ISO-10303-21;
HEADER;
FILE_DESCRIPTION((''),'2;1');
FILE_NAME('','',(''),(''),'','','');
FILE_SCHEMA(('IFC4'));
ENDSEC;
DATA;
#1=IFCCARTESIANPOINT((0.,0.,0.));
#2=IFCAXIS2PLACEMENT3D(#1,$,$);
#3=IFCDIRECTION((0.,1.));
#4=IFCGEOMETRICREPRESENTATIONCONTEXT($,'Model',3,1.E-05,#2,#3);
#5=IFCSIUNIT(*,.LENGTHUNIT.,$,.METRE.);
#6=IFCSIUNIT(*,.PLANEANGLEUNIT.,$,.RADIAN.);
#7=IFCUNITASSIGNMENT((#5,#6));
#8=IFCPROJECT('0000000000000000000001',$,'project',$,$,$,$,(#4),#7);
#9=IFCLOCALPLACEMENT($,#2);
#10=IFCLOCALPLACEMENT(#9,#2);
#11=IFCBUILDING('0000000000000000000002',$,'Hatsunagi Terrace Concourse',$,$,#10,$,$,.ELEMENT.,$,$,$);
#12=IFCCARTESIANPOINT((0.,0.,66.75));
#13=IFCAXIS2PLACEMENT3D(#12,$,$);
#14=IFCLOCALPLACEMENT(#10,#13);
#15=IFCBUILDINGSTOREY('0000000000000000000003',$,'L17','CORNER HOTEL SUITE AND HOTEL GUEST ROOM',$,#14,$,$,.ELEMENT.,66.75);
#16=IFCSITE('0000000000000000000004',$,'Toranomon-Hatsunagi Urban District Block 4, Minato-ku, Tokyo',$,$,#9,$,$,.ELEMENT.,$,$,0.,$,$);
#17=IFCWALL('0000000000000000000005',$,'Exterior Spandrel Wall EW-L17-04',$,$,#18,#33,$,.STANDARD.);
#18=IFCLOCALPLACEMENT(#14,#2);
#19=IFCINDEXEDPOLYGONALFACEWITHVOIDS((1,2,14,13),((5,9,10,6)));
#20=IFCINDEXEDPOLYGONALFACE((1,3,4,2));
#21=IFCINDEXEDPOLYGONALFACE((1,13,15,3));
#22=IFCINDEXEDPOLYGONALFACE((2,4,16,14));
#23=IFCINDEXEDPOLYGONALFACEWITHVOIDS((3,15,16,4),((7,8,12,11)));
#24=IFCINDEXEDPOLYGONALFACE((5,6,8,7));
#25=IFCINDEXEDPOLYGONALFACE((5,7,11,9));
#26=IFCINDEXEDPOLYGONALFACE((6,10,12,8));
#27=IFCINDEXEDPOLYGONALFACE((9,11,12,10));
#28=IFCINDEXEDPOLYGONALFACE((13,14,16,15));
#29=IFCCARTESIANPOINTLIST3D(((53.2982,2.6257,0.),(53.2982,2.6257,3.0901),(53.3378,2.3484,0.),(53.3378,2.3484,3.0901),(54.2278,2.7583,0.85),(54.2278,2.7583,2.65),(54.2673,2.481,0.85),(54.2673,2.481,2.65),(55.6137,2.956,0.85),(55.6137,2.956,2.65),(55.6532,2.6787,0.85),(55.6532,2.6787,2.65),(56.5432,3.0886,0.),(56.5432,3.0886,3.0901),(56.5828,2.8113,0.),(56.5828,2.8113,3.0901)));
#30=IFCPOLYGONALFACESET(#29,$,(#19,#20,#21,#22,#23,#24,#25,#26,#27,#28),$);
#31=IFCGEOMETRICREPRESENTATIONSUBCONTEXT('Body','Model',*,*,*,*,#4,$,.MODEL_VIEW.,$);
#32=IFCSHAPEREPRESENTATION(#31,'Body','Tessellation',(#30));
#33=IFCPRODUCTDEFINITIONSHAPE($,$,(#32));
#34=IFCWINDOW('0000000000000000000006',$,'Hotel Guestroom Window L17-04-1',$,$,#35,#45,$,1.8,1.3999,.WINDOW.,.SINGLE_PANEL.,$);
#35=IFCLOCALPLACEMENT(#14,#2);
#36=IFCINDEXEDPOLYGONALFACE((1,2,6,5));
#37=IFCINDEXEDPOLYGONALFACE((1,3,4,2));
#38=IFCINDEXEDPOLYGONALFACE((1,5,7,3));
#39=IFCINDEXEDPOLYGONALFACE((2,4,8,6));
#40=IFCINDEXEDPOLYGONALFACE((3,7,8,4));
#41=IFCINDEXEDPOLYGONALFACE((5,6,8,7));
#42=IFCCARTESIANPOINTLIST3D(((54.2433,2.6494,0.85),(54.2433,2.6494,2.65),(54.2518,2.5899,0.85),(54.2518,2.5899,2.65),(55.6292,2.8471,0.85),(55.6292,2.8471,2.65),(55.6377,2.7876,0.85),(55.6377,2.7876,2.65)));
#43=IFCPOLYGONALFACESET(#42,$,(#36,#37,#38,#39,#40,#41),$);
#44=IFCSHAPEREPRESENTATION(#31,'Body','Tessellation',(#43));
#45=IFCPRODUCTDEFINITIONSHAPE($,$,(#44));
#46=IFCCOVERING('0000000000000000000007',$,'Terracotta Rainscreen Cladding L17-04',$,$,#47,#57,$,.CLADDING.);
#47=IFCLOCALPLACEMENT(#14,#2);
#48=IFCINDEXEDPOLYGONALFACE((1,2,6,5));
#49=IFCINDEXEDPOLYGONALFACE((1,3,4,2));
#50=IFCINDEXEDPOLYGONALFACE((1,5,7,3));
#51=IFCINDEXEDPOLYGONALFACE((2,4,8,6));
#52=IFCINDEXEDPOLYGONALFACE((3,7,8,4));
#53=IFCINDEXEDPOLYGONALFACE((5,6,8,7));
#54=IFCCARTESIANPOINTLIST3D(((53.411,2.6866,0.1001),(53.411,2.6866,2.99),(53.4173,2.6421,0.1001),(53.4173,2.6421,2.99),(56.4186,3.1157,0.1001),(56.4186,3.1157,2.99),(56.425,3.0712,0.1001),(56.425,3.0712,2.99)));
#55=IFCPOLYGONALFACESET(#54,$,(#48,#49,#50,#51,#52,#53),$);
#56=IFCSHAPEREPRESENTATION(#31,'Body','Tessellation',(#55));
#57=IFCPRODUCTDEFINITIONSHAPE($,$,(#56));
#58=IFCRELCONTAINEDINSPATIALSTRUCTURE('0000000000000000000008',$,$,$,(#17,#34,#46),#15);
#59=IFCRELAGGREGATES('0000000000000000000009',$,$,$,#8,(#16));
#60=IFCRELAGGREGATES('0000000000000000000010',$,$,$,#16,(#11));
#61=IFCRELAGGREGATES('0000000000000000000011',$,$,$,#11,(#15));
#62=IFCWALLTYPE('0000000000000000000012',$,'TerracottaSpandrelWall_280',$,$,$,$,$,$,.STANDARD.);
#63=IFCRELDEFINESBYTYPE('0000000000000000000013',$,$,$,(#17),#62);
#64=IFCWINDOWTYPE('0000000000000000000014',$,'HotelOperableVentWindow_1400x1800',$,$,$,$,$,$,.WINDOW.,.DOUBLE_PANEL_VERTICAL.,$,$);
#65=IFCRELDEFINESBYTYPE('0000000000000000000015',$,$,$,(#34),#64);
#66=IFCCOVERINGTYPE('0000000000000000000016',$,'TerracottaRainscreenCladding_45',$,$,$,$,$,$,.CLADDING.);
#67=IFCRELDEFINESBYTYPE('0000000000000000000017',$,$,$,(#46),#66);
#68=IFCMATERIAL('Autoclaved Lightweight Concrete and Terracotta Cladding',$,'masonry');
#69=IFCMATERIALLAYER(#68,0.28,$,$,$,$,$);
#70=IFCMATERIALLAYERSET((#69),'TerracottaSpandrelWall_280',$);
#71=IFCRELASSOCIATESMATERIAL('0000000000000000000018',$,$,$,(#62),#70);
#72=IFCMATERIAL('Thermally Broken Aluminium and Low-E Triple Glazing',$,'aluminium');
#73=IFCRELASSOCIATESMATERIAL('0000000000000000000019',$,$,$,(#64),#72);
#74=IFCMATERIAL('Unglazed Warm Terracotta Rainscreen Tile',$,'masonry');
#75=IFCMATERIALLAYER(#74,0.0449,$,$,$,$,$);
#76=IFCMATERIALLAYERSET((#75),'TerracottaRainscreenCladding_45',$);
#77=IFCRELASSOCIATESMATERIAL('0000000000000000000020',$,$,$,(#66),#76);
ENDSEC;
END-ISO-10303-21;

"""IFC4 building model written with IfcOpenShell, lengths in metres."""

from ifc_helpers import new_model, si_unit, direction, frame, frame_2d, origin, origin_2d, place, context, subcontext, project, spatial, rectangle, extrude, material, layer, layer_set, type_object, element, fill, save


model = new_model("IFC4")

# Units and contexts
model_context = context("Model", 3, precision=1e-05, world=origin(), true_north=direction((0.0, 1.0)))
body_context = subcontext(model_context, "Body", "Model", "MODEL_VIEW")
ifc_project = project(units=[si_unit("LENGTHUNIT", "METRE"), si_unit("PLANEANGLEUNIT", "RADIAN")], contexts=[model_context])

# Site, building, storey
site_placement = place(None, origin())
site = spatial("IfcSite", under=ifc_project, at=site_placement, Name="Toranomon-Hatsunagi Urban District Block 4, Minato-ku, Tokyo", CompositionType="ELEMENT", RefElevation=0.0)
building_placement = place(site_placement, origin())
building = spatial("IfcBuilding", under=site, at=building_placement, Name="Hatsunagi Terrace Concourse", CompositionType="ELEMENT")
storey_placement = place(building_placement, frame((0.0, 0.0, 66.75)))
storey = spatial("IfcBuildingStorey", under=building, at=storey_placement, Name="L17", Description="CORNER HOTEL SUITE AND HOTEL GUEST ROOM", CompositionType="ELEMENT", Elevation=66.75)

# Wall, opening, window
ifc_material_1 = material(Name="Autoclaved Lightweight Concrete and Terracotta Cladding", Category="masonry")
ifc_layer_1 = layer(ifc_material_1, 0.28)
ifc_layer_set_1 = layer_set([ifc_layer_1], Name="TerracottaSpandrelWall_280")
wall_type_1 = type_object("IfcWallType", Name="TerracottaSpandrelWall_280", PredefinedType="STANDARD", material=ifc_layer_set_1)
wall_1_placement = place(storey_placement, frame((56.563, 2.95, 0.0), z_axis=(0.0, 0.0, 1.0), x_axis=(-0.989978, -0.141223, 0.0)))
wall_1 = element("IfcWall", 1, at=wall_1_placement, inside=storey, type_object=wall_type_1, Name="Exterior Spandrel Wall EW-L17-04", PredefinedType="STANDARD", context=body_context, shape_type="SweptSolid", body=[
    extrude(rectangle(XDim=3.2778, YDim=0.28, at=frame_2d((1.6389, 0.0))), origin(), (0.0, 0.0, 1.0), 3.0901),
])
opening_1_placement = place(wall_1_placement, frame((0.939, 0.0, 0.8501)))
opening_1 = element("IfcOpeningElement", 2, at=opening_1_placement, cuts=wall_1, PredefinedType="OPENING", context=body_context, shape_type="SweptSolid", body=[
    extrude(rectangle(XDim=1.3999, YDim=1.8, at=frame_2d((0.7, 0.8999))), frame((0.0, 0.1499, 0.0), z_axis=(0.0, -1.0, 0.0), x_axis=(1.0, 0.0, 0.0)), (0.0, 0.0, 1.0), 0.3),
])
ifc_material_2 = material(Name="Thermally Broken Aluminium and Low-E Triple Glazing", Category="aluminium")
window_type = type_object("IfcWindowType", Name="HotelOperableVentWindow_1400x1800", PartitioningType="DOUBLE_PANEL_VERTICAL", PredefinedType="WINDOW", material=ifc_material_2)
window_placement = place(opening_1_placement, origin())
window = element("IfcWindow", 3, at=window_placement, inside=storey, type_object=window_type, Name="Hotel Guestroom Window L17-04-1", OverallHeight=1.8, OverallWidth=1.3999, PartitioningType="SINGLE_PANEL", PredefinedType="WINDOW", context=body_context, shape_type="SweptSolid", body=[
    extrude(rectangle(XDim=1.3999, YDim=1.8, at=frame_2d((0.7, 0.8999))), frame((0.0, 0.03, 0.0), z_axis=(0.0, -1.0, 0.0), x_axis=(1.0, 0.0, 0.0)), (0.0, 0.0, 1.0), 0.0601),
])
fill(opening_1, window)

# Covering
ifc_material_3 = material(Name="Unglazed Warm Terracotta Rainscreen Tile", Category="masonry")
ifc_layer_2 = layer(ifc_material_3, 0.0449)
ifc_layer_set_2 = layer_set([ifc_layer_2], Name="TerracottaRainscreenCladding_45")
covering_type = type_object("IfcCoveringType", Name="TerracottaRainscreenCladding_45", PredefinedType="CLADDING", material=ifc_layer_set_2)
covering_placement = place(storey_placement, frame((54.918, 2.8789, 0.1001), z_axis=(0.0, 0.0, 1.0), x_axis=(-0.989974, -0.14125, 0.0)))
element("IfcCovering", 4, at=covering_placement, inside=storey, type_object=covering_type, Name="Terracotta Rainscreen Cladding L17-04", PredefinedType="CLADDING", context=body_context, shape_type="SweptSolid", body=[
    extrude(rectangle(XDim=3.0381, YDim=0.0449, at=origin_2d()), origin(), (0.0, 0.0, 1.0), 2.8899),
])

save(model, "model.ifc")
